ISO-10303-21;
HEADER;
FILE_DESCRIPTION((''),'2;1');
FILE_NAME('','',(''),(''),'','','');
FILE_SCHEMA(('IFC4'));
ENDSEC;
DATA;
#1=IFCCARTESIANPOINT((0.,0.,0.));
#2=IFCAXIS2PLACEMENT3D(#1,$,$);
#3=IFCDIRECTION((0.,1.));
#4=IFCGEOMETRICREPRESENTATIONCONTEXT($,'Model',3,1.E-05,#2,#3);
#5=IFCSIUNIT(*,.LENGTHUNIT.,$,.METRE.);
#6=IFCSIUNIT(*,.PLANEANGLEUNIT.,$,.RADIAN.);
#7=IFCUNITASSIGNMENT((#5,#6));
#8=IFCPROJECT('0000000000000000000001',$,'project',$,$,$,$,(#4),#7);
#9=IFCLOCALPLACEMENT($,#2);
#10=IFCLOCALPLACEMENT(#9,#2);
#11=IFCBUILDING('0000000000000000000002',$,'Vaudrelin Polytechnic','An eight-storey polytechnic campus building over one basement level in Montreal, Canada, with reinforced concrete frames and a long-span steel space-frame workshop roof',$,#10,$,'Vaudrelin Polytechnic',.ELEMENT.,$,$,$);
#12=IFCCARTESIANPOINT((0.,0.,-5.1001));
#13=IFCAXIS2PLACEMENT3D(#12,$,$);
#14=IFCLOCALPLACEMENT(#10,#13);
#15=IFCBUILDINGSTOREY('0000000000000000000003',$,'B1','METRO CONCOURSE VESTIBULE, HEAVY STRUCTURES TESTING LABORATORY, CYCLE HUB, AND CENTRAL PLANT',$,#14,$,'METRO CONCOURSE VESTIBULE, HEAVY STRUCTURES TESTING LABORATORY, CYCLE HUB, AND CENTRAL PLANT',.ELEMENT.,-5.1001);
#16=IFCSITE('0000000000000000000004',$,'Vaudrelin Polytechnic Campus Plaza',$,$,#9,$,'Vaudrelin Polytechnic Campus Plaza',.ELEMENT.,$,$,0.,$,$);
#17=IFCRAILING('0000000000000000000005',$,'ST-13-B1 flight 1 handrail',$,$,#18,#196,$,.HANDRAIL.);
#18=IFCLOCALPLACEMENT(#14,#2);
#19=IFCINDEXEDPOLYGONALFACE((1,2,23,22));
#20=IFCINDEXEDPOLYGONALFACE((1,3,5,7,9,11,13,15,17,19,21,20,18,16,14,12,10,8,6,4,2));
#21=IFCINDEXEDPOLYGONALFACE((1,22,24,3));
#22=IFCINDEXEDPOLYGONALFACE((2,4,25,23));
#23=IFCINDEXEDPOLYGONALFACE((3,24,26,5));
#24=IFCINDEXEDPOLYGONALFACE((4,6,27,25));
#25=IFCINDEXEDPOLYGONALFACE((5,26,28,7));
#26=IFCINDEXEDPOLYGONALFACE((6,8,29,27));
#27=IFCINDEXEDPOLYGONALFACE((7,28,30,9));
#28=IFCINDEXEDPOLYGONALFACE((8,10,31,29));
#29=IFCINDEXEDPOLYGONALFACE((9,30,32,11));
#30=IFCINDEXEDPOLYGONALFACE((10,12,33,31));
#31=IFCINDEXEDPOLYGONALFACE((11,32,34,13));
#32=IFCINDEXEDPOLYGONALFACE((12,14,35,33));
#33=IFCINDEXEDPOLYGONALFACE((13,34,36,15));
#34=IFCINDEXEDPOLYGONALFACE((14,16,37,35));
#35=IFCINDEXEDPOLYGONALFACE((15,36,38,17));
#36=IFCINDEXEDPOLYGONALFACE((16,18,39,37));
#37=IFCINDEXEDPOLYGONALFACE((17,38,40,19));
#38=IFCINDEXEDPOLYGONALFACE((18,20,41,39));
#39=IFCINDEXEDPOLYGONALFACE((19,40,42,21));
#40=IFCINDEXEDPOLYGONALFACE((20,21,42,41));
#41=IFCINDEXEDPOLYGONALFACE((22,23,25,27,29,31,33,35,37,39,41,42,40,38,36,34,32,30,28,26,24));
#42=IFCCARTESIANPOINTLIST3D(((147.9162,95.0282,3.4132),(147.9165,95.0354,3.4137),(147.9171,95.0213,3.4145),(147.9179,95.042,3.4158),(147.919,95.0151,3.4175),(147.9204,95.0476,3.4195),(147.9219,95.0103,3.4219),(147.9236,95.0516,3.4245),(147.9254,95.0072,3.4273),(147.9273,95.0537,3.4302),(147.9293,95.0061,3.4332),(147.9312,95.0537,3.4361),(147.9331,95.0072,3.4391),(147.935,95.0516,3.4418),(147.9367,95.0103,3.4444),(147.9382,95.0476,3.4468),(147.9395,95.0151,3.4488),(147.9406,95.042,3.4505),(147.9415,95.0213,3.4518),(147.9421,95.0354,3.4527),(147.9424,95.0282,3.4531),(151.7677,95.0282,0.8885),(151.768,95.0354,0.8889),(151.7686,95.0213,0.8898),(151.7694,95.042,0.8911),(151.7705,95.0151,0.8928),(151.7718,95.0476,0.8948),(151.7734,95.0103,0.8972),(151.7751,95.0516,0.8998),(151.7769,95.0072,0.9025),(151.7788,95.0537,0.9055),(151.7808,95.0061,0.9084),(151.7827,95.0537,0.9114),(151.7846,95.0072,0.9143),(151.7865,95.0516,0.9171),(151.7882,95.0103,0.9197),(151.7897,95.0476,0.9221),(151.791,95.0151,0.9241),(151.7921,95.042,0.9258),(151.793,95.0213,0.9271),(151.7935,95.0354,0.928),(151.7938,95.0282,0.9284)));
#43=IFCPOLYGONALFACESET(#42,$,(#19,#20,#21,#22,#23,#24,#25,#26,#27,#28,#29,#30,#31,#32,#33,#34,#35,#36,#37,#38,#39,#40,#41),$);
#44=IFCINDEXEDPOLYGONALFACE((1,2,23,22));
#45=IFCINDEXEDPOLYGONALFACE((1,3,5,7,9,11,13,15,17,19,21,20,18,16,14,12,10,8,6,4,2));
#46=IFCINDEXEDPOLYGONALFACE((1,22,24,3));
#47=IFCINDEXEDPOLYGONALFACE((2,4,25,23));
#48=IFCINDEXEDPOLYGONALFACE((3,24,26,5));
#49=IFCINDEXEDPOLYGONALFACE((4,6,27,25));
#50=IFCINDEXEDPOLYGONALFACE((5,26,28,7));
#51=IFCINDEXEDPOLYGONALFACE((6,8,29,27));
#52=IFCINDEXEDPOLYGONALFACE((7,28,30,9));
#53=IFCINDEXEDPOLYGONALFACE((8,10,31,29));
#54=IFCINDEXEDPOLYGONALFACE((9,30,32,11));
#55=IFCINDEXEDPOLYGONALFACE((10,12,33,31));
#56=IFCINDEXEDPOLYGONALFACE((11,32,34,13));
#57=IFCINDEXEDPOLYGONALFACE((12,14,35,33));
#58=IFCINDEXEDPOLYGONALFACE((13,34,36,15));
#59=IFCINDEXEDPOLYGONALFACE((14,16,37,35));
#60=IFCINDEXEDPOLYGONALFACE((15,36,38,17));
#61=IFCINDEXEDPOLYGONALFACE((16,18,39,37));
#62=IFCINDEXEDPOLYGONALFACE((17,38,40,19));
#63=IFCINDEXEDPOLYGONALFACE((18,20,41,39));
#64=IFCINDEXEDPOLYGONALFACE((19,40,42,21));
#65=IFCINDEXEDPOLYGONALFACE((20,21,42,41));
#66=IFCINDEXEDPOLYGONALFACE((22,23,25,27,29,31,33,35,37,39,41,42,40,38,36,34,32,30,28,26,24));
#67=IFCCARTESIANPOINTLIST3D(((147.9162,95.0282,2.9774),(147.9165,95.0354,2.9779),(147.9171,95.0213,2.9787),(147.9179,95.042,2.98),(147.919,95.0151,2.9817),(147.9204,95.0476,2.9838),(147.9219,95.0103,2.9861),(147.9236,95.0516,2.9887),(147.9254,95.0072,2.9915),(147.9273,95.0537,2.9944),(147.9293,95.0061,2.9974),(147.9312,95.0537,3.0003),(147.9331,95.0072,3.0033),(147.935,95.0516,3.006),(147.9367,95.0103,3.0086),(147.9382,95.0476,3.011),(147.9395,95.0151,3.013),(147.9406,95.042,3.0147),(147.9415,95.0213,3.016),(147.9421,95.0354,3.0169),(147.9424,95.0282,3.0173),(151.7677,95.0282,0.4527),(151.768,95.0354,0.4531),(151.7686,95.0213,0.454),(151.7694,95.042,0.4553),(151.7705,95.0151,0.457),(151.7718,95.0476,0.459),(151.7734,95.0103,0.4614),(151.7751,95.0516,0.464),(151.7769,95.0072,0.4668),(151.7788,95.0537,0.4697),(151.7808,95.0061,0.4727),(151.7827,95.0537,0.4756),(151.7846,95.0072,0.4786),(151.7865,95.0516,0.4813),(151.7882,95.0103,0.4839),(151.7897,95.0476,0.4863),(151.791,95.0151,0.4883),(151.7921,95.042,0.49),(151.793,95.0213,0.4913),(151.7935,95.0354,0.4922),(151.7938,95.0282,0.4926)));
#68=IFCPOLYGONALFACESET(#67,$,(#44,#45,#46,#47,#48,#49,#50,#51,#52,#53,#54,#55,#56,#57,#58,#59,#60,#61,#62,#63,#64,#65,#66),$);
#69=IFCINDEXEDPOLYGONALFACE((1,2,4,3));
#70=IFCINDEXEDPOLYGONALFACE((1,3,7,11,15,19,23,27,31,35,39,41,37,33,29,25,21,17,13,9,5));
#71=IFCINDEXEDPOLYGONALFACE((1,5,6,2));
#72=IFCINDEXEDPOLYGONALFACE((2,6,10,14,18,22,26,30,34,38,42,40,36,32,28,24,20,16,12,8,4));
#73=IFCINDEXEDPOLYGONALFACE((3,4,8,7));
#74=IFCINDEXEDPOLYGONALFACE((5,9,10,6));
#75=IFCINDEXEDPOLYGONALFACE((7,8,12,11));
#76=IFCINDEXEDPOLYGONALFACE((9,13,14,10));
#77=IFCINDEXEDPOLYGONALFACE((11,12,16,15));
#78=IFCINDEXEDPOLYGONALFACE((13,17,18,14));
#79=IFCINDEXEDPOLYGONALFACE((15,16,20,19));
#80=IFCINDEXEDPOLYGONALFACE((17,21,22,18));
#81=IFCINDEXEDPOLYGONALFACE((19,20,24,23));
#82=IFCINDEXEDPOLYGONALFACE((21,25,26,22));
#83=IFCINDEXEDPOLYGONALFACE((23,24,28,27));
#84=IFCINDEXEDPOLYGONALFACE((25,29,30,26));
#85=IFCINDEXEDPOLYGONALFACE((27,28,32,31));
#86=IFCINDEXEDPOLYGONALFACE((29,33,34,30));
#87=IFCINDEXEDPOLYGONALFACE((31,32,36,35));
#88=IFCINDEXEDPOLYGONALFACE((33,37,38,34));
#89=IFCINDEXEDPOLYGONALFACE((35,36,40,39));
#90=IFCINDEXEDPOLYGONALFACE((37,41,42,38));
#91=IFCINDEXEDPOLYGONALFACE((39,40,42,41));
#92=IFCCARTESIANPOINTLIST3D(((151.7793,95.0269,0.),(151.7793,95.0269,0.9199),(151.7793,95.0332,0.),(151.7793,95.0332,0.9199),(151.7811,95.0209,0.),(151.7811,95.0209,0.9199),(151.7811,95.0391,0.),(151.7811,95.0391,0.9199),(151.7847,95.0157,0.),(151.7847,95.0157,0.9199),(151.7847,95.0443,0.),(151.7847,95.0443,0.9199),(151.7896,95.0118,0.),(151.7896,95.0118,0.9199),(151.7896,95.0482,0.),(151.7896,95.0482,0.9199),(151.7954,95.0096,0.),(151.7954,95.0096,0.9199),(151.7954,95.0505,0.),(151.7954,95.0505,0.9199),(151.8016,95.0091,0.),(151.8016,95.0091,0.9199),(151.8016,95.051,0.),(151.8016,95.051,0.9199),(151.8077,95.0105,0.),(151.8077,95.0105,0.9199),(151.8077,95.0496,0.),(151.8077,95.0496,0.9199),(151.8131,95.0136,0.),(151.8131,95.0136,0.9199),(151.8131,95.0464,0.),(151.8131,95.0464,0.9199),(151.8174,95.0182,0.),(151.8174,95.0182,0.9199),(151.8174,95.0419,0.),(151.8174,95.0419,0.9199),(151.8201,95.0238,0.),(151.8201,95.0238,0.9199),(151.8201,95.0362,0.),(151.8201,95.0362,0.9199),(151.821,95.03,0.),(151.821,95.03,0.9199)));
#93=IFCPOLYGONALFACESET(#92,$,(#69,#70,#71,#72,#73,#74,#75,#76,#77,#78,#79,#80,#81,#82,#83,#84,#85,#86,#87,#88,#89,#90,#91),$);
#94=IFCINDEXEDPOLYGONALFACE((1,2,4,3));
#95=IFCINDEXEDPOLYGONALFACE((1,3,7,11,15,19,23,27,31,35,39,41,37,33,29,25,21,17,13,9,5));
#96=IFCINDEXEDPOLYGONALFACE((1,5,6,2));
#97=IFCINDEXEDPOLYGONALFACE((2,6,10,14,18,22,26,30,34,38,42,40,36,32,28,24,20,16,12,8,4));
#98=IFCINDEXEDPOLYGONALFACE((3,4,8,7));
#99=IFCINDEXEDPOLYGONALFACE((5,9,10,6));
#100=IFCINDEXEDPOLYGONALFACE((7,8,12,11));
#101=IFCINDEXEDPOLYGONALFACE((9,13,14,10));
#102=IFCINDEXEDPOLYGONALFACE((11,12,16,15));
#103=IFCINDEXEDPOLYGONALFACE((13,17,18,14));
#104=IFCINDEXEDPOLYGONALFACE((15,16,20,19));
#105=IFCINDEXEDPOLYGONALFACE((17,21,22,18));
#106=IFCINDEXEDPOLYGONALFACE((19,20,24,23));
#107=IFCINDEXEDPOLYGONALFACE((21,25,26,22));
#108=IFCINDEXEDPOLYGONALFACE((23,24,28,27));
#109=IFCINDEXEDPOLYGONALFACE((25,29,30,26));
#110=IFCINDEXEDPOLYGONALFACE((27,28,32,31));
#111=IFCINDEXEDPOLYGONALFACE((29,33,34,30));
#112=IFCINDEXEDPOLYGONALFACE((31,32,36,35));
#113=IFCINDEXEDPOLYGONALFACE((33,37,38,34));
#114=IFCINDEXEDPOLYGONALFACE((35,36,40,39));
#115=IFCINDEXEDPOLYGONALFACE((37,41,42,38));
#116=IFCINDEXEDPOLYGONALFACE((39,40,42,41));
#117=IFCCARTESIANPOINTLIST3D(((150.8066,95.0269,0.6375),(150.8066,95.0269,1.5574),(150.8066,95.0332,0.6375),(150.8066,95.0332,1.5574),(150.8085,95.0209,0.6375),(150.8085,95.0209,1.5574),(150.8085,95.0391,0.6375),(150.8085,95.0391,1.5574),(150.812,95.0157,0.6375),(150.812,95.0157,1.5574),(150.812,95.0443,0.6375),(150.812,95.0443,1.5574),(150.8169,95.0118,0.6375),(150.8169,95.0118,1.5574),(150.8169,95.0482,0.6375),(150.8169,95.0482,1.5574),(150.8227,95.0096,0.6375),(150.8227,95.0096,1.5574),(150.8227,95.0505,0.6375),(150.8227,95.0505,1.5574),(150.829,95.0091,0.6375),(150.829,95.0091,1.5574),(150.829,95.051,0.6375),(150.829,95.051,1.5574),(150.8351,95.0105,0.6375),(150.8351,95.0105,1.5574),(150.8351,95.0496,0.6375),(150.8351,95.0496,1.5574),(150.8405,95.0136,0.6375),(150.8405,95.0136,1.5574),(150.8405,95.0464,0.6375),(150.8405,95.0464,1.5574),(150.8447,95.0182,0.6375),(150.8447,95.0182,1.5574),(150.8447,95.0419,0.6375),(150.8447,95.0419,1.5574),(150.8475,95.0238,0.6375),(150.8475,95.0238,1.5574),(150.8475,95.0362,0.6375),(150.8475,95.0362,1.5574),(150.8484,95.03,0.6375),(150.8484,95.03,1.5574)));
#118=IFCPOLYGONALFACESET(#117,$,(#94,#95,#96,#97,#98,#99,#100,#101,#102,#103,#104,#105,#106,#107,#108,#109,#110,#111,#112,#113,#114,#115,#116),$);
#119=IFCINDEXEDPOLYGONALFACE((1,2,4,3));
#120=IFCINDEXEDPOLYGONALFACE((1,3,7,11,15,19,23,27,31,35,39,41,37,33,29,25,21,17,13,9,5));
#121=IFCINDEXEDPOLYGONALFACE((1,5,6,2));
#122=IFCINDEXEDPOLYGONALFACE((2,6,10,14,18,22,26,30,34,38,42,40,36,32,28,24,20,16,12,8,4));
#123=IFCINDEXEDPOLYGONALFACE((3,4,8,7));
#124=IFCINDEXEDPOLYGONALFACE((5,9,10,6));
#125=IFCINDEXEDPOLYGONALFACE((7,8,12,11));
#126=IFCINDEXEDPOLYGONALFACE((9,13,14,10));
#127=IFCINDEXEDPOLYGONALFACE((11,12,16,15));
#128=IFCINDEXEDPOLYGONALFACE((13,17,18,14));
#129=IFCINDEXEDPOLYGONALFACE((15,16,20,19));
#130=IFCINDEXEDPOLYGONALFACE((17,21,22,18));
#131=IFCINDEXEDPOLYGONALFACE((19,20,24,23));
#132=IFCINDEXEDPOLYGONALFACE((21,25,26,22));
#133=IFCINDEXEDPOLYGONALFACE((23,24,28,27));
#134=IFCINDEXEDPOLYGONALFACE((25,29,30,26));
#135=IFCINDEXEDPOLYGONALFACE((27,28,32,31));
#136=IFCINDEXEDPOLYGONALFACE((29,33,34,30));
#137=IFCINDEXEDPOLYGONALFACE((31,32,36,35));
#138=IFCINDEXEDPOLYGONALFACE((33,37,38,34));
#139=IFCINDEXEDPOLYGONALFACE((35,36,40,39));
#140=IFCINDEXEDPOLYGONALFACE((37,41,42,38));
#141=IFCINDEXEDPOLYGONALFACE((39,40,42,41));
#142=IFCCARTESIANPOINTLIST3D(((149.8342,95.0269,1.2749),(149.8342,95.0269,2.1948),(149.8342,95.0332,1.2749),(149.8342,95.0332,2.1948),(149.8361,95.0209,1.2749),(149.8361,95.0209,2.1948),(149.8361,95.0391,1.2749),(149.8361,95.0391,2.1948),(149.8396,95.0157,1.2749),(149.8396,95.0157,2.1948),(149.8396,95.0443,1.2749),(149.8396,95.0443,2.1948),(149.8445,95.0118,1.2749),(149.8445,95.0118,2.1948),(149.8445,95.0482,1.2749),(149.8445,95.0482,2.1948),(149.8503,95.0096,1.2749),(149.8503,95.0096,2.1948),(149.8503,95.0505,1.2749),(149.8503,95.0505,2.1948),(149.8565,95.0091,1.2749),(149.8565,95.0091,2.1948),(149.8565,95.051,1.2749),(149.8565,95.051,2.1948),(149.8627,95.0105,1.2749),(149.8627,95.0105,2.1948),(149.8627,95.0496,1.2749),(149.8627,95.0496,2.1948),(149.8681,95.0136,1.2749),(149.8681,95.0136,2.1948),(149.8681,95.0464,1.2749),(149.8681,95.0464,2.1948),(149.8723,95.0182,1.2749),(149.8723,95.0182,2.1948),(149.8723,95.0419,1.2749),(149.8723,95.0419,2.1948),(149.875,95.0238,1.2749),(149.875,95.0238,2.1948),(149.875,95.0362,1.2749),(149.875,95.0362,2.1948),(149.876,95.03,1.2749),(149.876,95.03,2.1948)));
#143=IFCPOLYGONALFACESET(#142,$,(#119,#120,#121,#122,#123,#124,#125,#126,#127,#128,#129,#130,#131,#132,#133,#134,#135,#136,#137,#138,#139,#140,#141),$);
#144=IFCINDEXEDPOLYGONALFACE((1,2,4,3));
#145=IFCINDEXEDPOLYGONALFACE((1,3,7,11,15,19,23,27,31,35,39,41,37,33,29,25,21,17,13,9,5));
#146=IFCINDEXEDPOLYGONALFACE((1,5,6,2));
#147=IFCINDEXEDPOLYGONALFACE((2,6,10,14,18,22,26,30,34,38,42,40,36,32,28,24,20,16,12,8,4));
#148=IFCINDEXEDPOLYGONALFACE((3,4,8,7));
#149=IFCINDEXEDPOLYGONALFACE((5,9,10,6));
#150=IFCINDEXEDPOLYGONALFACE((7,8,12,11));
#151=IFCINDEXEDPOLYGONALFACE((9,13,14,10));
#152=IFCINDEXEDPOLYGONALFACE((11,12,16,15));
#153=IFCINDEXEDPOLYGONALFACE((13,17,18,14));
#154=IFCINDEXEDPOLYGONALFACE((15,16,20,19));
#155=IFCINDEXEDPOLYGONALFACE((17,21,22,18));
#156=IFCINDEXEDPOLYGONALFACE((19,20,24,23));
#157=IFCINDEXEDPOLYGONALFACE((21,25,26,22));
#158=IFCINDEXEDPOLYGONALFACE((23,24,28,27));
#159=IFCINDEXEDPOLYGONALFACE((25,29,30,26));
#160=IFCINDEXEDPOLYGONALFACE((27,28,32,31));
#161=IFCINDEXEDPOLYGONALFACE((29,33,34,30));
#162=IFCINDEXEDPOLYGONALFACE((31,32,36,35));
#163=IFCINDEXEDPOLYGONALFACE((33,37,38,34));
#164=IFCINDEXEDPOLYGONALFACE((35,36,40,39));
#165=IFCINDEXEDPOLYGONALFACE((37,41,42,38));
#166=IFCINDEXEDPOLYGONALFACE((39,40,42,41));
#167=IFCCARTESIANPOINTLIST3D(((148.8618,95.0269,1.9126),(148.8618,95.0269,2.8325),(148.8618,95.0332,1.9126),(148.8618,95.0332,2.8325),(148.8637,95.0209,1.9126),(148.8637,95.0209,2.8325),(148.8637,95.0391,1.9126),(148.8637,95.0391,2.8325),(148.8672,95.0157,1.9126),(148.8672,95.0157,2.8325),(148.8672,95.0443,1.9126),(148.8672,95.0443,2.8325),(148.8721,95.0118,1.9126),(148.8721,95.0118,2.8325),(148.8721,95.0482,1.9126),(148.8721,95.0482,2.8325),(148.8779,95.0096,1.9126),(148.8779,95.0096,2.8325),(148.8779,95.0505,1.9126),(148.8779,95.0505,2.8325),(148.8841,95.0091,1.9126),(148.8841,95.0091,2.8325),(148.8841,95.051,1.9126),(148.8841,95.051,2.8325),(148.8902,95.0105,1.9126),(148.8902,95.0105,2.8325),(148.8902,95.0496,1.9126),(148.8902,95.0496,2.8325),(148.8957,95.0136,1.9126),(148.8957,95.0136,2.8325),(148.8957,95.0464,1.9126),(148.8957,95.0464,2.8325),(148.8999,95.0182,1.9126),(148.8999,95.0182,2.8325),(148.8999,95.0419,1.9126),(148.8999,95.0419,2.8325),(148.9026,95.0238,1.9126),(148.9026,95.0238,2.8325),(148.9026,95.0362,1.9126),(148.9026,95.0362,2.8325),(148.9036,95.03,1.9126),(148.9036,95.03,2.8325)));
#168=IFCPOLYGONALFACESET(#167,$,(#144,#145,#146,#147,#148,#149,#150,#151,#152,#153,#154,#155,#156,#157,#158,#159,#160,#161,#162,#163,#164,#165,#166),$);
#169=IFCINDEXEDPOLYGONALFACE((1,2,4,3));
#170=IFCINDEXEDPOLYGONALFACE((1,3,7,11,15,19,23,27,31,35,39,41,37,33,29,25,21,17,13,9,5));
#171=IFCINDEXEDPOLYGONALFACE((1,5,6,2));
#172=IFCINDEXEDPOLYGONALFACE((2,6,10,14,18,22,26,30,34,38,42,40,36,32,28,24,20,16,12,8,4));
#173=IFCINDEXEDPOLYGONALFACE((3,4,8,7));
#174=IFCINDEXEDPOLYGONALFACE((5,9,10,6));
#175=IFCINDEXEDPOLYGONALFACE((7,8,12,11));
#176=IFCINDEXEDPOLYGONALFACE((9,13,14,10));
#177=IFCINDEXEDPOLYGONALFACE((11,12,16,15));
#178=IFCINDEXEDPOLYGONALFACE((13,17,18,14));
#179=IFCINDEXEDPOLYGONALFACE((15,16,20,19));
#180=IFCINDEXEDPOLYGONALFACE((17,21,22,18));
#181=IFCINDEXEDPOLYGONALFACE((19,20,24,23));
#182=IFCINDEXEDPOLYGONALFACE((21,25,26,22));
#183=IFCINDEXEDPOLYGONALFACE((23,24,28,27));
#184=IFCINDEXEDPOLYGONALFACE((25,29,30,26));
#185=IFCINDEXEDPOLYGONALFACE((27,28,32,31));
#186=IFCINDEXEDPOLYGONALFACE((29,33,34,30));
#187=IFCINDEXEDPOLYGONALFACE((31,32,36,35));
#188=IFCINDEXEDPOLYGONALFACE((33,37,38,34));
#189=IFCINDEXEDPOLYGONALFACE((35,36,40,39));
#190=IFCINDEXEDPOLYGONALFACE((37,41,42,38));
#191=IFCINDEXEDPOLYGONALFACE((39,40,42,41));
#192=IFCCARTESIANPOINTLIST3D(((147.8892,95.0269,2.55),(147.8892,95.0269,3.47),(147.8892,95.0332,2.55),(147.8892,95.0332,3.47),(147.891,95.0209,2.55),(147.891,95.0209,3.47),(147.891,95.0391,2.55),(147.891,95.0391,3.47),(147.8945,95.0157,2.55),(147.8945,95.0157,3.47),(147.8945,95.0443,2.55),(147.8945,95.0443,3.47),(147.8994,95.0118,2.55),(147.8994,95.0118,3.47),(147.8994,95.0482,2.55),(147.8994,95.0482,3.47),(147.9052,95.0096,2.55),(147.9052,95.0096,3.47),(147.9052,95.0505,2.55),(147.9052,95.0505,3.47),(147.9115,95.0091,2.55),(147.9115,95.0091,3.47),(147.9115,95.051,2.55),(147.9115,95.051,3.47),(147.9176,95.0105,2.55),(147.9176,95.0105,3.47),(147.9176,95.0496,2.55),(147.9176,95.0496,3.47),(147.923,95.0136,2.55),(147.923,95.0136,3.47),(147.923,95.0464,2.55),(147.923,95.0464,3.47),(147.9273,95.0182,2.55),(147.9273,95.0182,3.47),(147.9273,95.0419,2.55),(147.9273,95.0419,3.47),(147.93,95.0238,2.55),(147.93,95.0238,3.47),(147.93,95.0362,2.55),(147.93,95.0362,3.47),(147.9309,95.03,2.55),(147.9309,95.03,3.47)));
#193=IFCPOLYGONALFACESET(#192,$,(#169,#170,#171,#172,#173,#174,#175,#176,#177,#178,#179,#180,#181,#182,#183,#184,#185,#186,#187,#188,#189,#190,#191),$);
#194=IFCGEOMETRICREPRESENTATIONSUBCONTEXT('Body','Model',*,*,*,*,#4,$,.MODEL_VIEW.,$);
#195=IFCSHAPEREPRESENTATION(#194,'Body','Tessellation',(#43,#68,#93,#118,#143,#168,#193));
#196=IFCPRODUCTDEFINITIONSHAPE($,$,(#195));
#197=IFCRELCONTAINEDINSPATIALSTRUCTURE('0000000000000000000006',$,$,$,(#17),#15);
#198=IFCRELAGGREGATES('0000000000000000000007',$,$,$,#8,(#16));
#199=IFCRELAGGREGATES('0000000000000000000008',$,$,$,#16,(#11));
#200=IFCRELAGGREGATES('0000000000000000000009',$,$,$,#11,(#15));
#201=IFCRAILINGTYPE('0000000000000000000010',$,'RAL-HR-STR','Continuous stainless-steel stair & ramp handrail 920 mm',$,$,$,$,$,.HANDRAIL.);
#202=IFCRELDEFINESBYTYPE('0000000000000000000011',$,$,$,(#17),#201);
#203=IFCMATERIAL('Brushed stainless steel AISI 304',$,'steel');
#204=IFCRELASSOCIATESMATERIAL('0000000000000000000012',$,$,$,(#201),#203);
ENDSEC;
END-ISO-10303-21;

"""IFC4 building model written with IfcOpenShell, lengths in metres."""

from ifc_helpers import new_model, si_unit, direction, frame, origin, origin_2d, place, context, subcontext, project, spatial, circle, extrude, material, type_object, element, save


model = new_model("IFC4")

# Units and contexts
model_context = context("Model", 3, precision=1e-05, world=origin(), true_north=direction((0.0, 1.0)))
body_context = subcontext(model_context, "Body", "Model", "MODEL_VIEW")
ifc_project = project(units=[si_unit("LENGTHUNIT", "METRE"), si_unit("PLANEANGLEUNIT", "RADIAN")], contexts=[model_context])

# Site, building, storey
site_placement = place(None, origin())
site = spatial("IfcSite", under=ifc_project, at=site_placement, Name="Vaudrelin Polytechnic Campus Plaza", LongName="Vaudrelin Polytechnic Campus Plaza", CompositionType="ELEMENT", RefElevation=0.0)
building_placement = place(site_placement, origin())
building = spatial("IfcBuilding", under=site, at=building_placement, Name="Vaudrelin Polytechnic", Description="An eight-storey polytechnic campus building over one basement level in Montreal, Canada, with reinforced concrete frames and a long-span steel space-frame workshop roof", LongName="Vaudrelin Polytechnic", CompositionType="ELEMENT")
storey_placement = place(building_placement, frame((0.0, 0.0, -5.1001)))
storey = spatial("IfcBuildingStorey", under=building, at=storey_placement, Name="B1", Description="METRO CONCOURSE VESTIBULE, HEAVY STRUCTURES TESTING LABORATORY, CYCLE HUB, AND CENTRAL PLANT", LongName="METRO CONCOURSE VESTIBULE, HEAVY STRUCTURES TESTING LABORATORY, CYCLE HUB, AND CENTRAL PLANT", CompositionType="ELEMENT", Elevation=-5.1001)

# Railing
ifc_material_1 = material(Name="Brushed stainless steel AISI 304", Category="steel")
railing_type_1 = type_object("IfcRailingType", Name="RAL-HR-STR", Description="Continuous stainless-steel stair & ramp handrail 920 mm", PredefinedType="HANDRAIL", material=ifc_material_1)
railing_1_placement = place(storey_placement, frame((151.8, 95.03, 0.0)))
element("IfcRailing", 1, at=railing_1_placement, inside=storey, type_object=railing_type_1, Name="ST-13-B1 flight 1 handrail", PredefinedType="HANDRAIL", context=body_context, shape_type="SweptSolid", body=[
    extrude(circle(Radius=0.0239, at=origin_2d()), frame((-0.0193, 0.0, 0.9084), z_axis=(-0.836329, 0.0, 0.548228), x_axis=(0.0, -1.0, 0.0)), (0.0, 0.0, 1.0), 4.6052),
    extrude(circle(Radius=0.0239, at=origin_2d()), frame((-0.0193, 0.0, 0.4727), z_axis=(-0.836329, 0.0, 0.548228), x_axis=(0.0, -1.0, 0.0)), (0.0, 0.0, 1.0), 4.6052),
    extrude(circle(Radius=0.021, at=origin_2d()), origin(), (0.0, 0.0, 1.0), 0.9199),
    extrude(circle(Radius=0.021, at=origin_2d()), frame((-0.9727, 0.0, 0.6375)), (0.0, 0.0, 1.0), 0.9199),
    extrude(circle(Radius=0.021, at=origin_2d()), frame((-1.9451, 0.0, 1.2749)), (0.0, 0.0, 1.0), 0.9199),
    extrude(circle(Radius=0.021, at=origin_2d()), frame((-2.9175, 0.0, 1.9126)), (0.0, 0.0, 1.0), 0.9199),
    extrude(circle(Radius=0.021, at=origin_2d()), frame((-3.8901, 0.0, 2.55)), (0.0, 0.0, 1.0), 0.9199),
])

save(model, "model.ifc")
